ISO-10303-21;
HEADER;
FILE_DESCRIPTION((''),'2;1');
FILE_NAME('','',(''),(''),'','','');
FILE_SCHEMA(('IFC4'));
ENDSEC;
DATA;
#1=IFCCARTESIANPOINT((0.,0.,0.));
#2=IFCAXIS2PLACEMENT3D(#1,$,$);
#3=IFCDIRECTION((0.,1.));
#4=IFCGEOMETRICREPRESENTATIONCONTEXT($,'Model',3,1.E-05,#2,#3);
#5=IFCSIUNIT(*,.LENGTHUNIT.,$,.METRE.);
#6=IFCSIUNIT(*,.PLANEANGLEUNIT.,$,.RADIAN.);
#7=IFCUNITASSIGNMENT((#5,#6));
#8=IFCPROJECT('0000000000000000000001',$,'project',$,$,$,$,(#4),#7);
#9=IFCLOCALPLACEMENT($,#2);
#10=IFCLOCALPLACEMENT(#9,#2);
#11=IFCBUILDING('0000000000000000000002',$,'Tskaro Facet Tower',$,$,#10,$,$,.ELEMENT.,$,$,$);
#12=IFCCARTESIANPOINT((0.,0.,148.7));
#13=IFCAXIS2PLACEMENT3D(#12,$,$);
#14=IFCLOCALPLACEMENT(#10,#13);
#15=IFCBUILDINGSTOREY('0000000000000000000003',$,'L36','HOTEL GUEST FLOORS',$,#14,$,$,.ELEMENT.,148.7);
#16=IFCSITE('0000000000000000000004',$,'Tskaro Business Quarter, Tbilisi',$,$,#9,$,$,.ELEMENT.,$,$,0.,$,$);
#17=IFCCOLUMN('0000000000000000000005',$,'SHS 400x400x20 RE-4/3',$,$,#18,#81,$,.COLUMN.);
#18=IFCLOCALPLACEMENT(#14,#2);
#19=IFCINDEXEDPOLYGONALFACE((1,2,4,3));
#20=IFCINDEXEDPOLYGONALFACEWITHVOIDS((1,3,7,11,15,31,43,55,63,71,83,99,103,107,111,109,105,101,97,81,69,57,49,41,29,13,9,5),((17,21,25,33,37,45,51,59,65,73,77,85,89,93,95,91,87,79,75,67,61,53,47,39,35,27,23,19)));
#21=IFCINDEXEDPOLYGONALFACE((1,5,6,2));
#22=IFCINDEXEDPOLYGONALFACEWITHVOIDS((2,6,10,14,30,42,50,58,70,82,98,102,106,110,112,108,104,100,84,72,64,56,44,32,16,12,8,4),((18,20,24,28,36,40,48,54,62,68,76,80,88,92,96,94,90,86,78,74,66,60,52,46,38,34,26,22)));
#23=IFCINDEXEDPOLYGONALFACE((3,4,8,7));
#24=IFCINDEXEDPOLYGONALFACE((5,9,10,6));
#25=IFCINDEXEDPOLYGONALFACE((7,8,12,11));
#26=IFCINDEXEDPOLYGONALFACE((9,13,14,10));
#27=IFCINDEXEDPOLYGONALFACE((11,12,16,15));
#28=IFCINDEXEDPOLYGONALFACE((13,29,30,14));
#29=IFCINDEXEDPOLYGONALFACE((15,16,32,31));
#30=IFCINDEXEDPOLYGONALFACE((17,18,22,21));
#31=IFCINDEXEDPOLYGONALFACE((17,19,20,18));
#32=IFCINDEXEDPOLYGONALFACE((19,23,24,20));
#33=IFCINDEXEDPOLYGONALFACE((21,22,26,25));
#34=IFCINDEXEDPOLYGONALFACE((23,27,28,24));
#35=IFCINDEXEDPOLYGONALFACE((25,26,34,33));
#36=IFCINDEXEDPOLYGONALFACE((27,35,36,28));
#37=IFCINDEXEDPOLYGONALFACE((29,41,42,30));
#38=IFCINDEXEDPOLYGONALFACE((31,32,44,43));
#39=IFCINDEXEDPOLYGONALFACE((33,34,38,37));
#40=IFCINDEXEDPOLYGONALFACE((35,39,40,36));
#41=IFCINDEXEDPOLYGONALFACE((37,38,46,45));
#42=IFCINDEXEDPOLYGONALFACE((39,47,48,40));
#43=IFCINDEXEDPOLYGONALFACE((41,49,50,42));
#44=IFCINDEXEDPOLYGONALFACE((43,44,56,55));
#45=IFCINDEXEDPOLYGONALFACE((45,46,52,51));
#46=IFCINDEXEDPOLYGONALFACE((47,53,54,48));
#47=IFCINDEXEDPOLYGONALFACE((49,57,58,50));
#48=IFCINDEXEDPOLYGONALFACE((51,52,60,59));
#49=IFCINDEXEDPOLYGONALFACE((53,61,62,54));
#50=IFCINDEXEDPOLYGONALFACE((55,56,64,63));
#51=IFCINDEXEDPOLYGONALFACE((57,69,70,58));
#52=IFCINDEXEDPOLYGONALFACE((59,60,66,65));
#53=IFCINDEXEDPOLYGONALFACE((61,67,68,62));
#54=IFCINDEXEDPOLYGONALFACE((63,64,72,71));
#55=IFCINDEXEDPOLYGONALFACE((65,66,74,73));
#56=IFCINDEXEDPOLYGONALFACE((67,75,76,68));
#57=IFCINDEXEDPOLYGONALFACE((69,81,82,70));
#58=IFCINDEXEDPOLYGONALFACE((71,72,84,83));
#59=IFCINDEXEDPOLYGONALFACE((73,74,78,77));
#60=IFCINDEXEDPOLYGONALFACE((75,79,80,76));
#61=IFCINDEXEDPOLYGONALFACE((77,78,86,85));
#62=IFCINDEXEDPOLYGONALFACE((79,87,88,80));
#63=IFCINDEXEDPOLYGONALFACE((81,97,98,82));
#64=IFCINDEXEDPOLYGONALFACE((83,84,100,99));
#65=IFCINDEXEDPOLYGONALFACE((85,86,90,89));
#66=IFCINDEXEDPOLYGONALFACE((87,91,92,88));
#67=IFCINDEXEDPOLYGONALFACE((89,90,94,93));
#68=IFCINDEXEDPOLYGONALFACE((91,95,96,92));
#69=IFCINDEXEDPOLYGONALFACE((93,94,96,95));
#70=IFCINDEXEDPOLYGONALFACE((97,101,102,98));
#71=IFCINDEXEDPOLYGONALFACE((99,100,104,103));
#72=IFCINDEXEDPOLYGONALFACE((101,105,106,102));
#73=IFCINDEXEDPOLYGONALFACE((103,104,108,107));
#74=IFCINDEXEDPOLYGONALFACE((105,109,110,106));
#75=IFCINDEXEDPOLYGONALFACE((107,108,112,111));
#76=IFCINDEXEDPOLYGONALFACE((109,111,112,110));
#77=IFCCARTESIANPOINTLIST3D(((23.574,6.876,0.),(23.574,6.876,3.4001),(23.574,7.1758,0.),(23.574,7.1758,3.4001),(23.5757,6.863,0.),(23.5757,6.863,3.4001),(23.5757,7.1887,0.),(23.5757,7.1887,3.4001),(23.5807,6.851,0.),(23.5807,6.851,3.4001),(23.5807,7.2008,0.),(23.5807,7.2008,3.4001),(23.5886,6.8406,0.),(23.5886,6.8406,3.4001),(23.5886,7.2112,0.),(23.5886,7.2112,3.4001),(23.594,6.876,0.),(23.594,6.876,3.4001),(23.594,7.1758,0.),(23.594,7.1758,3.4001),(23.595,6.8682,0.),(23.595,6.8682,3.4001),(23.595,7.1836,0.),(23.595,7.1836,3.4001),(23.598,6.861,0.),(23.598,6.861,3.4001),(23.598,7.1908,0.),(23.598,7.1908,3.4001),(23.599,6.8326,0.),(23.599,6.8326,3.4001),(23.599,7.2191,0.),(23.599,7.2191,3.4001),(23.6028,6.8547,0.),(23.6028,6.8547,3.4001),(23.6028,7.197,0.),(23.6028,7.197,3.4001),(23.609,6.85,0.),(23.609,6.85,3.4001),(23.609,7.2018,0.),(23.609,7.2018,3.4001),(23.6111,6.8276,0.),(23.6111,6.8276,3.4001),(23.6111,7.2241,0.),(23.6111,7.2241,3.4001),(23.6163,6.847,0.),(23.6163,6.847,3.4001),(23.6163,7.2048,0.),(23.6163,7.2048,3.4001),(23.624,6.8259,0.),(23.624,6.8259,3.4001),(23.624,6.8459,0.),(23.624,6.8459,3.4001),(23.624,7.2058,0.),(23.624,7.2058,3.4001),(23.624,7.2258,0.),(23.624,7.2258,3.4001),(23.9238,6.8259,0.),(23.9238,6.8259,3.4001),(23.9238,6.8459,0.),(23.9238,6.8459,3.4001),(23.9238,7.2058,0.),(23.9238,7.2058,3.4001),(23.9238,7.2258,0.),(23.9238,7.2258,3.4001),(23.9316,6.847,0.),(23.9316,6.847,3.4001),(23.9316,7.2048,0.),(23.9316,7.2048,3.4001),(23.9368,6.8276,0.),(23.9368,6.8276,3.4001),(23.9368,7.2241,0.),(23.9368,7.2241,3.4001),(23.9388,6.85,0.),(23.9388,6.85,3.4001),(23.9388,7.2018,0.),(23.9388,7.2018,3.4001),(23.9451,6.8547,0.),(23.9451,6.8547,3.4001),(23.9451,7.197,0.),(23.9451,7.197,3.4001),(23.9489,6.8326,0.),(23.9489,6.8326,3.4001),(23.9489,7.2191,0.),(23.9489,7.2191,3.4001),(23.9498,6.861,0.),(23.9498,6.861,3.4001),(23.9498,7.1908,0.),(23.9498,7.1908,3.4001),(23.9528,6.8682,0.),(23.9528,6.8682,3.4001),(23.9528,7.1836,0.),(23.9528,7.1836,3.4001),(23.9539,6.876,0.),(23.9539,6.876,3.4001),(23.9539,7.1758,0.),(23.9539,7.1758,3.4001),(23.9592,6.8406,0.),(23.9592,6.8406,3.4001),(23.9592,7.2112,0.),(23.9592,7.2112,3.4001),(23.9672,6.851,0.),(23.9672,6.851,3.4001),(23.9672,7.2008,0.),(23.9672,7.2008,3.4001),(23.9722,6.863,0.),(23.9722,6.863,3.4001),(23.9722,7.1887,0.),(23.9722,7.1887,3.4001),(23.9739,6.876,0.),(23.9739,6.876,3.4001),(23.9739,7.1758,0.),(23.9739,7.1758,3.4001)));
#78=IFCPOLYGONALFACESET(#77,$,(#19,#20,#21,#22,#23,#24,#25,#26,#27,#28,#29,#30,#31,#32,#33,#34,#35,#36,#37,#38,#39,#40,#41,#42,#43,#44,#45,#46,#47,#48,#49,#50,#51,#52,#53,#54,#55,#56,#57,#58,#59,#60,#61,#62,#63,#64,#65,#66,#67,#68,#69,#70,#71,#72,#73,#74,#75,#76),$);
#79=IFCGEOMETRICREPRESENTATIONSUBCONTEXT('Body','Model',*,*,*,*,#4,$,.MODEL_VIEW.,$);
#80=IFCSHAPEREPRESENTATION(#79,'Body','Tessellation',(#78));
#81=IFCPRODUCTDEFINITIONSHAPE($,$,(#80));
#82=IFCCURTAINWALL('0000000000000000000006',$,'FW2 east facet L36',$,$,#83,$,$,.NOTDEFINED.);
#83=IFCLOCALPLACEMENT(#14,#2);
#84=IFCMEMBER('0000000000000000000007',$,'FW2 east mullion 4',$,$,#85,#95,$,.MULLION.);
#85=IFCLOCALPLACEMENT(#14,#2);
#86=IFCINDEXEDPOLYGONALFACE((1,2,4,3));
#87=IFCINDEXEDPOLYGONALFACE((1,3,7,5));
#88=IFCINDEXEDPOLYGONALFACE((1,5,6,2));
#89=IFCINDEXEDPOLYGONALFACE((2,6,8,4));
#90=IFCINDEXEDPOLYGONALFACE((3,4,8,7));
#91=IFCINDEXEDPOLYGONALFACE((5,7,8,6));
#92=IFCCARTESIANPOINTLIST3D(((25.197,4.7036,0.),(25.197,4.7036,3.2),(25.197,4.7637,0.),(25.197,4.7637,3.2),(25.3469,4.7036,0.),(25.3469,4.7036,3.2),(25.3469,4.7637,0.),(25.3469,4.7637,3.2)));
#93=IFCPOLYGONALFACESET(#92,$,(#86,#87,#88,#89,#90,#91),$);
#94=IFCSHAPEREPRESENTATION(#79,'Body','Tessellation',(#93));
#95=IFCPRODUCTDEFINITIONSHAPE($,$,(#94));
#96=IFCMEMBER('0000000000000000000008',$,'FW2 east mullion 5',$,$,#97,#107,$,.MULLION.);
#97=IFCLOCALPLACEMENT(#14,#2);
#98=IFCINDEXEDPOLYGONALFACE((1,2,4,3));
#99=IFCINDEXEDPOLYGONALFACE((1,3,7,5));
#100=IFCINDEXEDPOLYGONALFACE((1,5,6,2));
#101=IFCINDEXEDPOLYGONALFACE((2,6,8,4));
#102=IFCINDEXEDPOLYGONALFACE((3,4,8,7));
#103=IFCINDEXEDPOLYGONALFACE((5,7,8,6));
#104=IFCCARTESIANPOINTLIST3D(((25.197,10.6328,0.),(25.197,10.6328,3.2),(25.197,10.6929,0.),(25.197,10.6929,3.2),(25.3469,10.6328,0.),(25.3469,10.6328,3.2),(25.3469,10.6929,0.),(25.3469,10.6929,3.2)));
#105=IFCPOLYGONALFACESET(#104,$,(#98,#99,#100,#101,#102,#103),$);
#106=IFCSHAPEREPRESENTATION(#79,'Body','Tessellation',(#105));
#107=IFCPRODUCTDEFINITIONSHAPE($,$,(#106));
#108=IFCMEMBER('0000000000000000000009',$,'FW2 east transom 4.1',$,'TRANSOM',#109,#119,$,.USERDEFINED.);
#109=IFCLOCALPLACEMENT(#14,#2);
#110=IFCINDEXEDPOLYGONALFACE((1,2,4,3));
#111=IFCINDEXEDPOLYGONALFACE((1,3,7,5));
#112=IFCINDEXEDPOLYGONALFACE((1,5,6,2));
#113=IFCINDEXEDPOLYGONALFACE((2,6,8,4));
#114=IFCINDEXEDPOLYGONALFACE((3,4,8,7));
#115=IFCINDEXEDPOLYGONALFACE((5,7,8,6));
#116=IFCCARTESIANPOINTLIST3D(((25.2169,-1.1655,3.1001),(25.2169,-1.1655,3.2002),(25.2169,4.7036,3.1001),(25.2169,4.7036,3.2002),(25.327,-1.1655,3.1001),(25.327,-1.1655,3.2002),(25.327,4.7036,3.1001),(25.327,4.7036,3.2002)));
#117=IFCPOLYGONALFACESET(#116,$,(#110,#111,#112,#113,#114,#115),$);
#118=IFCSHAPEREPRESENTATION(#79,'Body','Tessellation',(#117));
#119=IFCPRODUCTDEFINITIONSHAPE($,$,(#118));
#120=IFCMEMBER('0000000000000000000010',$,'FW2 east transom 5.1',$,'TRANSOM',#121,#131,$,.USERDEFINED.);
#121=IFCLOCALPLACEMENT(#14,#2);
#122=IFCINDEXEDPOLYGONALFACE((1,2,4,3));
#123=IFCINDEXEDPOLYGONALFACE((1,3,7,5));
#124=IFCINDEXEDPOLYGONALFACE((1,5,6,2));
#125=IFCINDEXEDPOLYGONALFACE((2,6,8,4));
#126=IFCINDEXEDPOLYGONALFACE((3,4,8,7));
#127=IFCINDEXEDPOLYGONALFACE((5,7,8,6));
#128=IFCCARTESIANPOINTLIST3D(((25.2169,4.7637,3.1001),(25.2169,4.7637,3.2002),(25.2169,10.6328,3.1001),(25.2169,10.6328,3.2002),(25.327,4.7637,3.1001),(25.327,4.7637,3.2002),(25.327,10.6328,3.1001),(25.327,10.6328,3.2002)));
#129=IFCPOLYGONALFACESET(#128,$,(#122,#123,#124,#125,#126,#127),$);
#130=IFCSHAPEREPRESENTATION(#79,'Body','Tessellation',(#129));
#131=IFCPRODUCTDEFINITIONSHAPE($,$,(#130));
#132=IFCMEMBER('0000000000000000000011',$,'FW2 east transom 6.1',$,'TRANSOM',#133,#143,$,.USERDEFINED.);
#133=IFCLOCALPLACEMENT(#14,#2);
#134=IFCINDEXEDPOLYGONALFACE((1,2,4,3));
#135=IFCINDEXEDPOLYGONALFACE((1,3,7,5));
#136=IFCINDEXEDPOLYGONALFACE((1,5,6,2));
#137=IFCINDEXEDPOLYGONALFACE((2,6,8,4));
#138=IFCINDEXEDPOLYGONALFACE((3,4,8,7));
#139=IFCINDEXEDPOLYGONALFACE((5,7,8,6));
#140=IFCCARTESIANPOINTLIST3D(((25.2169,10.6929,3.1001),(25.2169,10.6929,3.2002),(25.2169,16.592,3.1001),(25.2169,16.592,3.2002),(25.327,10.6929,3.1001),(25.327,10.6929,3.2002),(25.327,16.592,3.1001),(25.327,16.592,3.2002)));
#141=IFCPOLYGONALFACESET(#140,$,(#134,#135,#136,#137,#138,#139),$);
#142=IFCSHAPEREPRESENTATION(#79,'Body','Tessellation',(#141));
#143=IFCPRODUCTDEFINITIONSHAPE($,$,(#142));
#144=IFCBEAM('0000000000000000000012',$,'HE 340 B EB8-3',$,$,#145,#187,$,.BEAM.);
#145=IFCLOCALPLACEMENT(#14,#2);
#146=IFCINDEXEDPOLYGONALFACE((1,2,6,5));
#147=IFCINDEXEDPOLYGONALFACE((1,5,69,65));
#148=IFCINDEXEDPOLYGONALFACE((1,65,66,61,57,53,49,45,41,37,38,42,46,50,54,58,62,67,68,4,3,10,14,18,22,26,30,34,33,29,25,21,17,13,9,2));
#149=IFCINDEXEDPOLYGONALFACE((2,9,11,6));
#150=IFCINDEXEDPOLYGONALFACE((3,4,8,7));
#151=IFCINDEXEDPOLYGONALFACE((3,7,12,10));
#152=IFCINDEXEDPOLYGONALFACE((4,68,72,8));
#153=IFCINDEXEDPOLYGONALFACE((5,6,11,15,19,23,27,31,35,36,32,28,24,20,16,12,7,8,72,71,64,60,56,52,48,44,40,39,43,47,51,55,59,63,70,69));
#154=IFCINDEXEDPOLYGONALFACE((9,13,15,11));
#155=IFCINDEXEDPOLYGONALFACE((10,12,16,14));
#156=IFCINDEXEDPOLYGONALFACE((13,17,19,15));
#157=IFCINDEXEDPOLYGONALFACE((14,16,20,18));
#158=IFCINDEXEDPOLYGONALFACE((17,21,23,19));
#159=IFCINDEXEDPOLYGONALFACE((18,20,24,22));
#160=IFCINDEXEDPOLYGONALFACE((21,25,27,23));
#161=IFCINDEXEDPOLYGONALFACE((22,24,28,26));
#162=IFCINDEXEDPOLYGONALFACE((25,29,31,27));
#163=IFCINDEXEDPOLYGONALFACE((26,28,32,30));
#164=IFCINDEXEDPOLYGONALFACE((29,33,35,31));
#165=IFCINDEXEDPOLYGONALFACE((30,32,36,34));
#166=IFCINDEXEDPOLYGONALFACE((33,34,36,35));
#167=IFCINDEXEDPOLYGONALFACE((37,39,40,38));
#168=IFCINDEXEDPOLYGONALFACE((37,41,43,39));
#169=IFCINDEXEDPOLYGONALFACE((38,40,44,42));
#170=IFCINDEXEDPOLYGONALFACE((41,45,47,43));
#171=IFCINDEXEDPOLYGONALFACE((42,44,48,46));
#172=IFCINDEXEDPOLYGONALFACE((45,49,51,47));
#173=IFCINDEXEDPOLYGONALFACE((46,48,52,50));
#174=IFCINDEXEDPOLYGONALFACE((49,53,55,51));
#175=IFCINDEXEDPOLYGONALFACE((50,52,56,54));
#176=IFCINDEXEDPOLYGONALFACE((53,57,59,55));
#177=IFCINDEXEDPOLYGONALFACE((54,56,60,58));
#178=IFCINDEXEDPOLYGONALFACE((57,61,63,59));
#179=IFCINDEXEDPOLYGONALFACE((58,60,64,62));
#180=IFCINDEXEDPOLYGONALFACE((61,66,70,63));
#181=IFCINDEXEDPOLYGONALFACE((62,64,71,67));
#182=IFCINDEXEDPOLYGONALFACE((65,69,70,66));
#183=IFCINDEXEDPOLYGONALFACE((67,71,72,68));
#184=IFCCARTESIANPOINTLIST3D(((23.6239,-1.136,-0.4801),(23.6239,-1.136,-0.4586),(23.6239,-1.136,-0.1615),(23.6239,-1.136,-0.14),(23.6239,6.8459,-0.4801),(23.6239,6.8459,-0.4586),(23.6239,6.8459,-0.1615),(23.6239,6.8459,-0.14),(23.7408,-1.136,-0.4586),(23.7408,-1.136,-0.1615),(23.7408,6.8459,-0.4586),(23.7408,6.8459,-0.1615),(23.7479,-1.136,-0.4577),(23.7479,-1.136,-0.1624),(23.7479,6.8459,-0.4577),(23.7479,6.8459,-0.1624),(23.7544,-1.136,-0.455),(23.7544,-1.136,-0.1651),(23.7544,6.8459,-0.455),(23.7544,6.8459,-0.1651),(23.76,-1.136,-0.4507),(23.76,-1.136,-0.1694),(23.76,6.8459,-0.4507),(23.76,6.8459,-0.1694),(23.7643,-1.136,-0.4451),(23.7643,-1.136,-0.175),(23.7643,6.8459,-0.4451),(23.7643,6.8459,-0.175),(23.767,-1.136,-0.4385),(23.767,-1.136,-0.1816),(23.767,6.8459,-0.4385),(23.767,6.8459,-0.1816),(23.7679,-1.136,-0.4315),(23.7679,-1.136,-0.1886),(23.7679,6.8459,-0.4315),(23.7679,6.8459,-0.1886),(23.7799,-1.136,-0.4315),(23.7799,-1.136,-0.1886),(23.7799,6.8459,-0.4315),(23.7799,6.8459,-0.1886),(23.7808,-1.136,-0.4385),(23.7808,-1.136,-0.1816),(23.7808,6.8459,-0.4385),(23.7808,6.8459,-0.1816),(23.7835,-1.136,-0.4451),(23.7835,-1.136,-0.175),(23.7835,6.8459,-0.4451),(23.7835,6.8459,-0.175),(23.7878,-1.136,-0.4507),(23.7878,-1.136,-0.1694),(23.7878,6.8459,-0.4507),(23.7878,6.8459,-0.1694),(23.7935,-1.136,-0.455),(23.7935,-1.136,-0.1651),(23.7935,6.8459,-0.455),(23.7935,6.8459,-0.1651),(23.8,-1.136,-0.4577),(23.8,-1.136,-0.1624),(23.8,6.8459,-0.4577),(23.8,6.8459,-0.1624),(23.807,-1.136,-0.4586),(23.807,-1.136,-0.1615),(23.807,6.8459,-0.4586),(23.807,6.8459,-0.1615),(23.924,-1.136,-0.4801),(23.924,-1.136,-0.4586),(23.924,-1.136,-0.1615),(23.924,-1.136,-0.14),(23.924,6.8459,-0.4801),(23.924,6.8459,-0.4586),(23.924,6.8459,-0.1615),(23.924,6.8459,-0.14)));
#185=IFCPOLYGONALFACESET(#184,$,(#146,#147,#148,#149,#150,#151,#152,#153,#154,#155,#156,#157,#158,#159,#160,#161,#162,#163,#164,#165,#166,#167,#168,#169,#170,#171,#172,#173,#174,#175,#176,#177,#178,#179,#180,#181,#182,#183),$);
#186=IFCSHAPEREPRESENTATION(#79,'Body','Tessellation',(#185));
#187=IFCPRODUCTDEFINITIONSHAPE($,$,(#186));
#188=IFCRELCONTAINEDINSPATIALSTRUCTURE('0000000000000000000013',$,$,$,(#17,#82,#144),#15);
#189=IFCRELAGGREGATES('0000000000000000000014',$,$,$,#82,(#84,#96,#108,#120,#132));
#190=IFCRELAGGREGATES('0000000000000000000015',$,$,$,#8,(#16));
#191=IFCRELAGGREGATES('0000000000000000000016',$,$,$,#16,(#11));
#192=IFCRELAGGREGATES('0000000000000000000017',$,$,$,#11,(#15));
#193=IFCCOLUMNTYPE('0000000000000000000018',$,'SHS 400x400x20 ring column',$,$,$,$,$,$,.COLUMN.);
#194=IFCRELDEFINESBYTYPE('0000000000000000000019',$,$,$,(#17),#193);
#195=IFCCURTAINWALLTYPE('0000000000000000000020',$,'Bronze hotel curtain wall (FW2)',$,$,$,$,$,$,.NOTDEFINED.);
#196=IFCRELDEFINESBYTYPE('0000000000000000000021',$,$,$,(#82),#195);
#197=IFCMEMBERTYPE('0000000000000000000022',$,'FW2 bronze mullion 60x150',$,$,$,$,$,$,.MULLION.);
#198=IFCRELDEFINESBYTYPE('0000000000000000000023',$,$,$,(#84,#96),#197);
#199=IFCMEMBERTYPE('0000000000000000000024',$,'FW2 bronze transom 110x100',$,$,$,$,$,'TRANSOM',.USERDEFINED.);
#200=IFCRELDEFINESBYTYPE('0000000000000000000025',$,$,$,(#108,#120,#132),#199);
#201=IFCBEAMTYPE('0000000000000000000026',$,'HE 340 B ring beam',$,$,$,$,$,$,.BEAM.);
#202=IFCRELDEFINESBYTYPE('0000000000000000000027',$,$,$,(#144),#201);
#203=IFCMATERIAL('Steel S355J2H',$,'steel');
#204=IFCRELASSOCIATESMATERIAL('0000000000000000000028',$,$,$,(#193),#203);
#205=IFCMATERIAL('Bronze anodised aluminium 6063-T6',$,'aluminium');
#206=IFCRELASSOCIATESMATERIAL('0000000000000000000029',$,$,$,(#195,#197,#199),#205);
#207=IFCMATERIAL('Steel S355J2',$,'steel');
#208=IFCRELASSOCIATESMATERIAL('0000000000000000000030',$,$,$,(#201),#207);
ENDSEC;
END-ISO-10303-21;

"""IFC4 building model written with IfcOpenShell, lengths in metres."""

from ifc_helpers import new_model, si_unit, direction, frame, origin, origin_2d, place, context, subcontext, project, spatial, rectangle, hollow_rectangle, i_section, extrude, material, material_profile, profile_set, type_object, element, aggregate, save


model = new_model("IFC4")

# Units and contexts
model_context = context("Model", 3, precision=1e-05, world=origin(), true_north=direction((0.0, 1.0)))
body_context = subcontext(model_context, "Body", "Model", "MODEL_VIEW")
ifc_project = project(units=[si_unit("LENGTHUNIT", "METRE"), si_unit("PLANEANGLEUNIT", "RADIAN")], contexts=[model_context])

# Site, building, storey
site_placement = place(None, origin())
site = spatial("IfcSite", under=ifc_project, at=site_placement, Name="Tskaro Business Quarter, Tbilisi", CompositionType="ELEMENT", RefElevation=0.0)
building_placement = place(site_placement, origin())
building = spatial("IfcBuilding", under=site, at=building_placement, Name="Tskaro Facet Tower", CompositionType="ELEMENT")
storey_placement = place(building_placement, frame((0.0, 0.0, 148.7)))
storey = spatial("IfcBuildingStorey", under=building, at=storey_placement, Name="L36", Description="HOTEL GUEST FLOORS", CompositionType="ELEMENT", Elevation=148.7)

# Column
ifc_material_1 = material(Name="Steel S355J2H", Category="steel")
ifc_material_profile_1 = material_profile(ifc_material_1, hollow_rectangle(XDim=0.3999, YDim=0.3999, WallThickness=0.02, InnerFilletRadius=0.03, OuterFilletRadius=0.05, at=origin_2d()), Name="SHS 400x400x20")
ifc_profile_set_1 = profile_set([ifc_material_profile_1], Name="Steel S355J2H")
column_type = type_object("IfcColumnType", Name="SHS 400x400x20 ring column", PredefinedType="COLUMN", material=ifc_profile_set_1)
column_placement = place(storey_placement, frame((23.7739, 7.0259, 0.0), z_axis=(0.0, 0.0, 1.0), x_axis=(1.0, 0.0, 0.0)))
element("IfcColumn", 1, at=column_placement, inside=storey, type_object=column_type, Name="SHS 400x400x20 RE-4/3", PredefinedType="COLUMN", context=body_context, shape_type="SweptSolid", body=[
    extrude(hollow_rectangle(XDim=0.3999, YDim=0.3999, WallThickness=0.02, InnerFilletRadius=0.03, OuterFilletRadius=0.05, at=origin_2d()), origin(), (0.0, 0.0, 1.0), 3.4001),
])

# Curtain wall, members
ifc_material_2 = material(Name="Bronze anodised aluminium 6063-T6", Category="aluminium")
curtain_wall_type = type_object("IfcCurtainWallType", Name="Bronze hotel curtain wall (FW2)", PredefinedType="NOTDEFINED", material=ifc_material_2)
curtain_wall_placement = place(storey_placement, origin())
curtain_wall = element("IfcCurtainWall", 2, at=curtain_wall_placement, inside=storey, type_object=curtain_wall_type, Name="FW2 east facet L36", PredefinedType="NOTDEFINED")
ifc_material_profile_2 = material_profile(ifc_material_2, rectangle(XDim=0.0601, YDim=0.1499, at=origin_2d()), Name="Mullion 60x150")
ifc_profile_set_2 = profile_set([ifc_material_profile_2], Name="Bronze anodised aluminium 6063-T6")
member_type_1 = type_object("IfcMemberType", Name="FW2 bronze mullion 60x150", PredefinedType="MULLION", material=ifc_profile_set_2)
member_1_placement = place(storey_placement, frame((25.272, 4.7336, 0.0), z_axis=(0.0, 0.0, 1.0), x_axis=(0.0, 1.0, 0.0)))
member_1 = element("IfcMember", 3, at=member_1_placement, type_object=member_type_1, Name="FW2 east mullion 4", PredefinedType="MULLION", context=body_context, shape_type="SweptSolid", body=[
    extrude(rectangle(XDim=0.0601, YDim=0.1499, at=origin_2d()), origin(), (0.0, 0.0, 1.0), 3.2),
])
member_2_placement = place(storey_placement, frame((25.272, 10.6628, 0.0), z_axis=(0.0, 0.0, 1.0), x_axis=(0.0, 1.0, 0.0)))
member_2 = element("IfcMember", 4, at=member_2_placement, type_object=member_type_1, Name="FW2 east mullion 5", PredefinedType="MULLION", context=body_context, shape_type="SweptSolid", body=[
    extrude(rectangle(XDim=0.0601, YDim=0.1499, at=origin_2d()), origin(), (0.0, 0.0, 1.0), 3.2),
])
ifc_material_profile_3 = material_profile(ifc_material_2, rectangle(XDim=0.1101, YDim=0.1001, at=origin_2d()), Name="Transom 110x100")
ifc_profile_set_3 = profile_set([ifc_material_profile_3], Name="Bronze anodised aluminium 6063-T6")
member_type_2 = type_object("IfcMemberType", Name="FW2 bronze transom 110x100", ElementType="TRANSOM", PredefinedType="USERDEFINED", material=ifc_profile_set_3)
member_3_placement = place(storey_placement, frame((25.272, -1.1655, 3.1501), z_axis=(0.0, 1.0, 0.0), x_axis=(-1.0, 0.0, 0.0)))
member_3 = element("IfcMember", 5, at=member_3_placement, type_object=member_type_2, Name="FW2 east transom 4.1", ObjectType="TRANSOM", PredefinedType="USERDEFINED", context=body_context, shape_type="SweptSolid", body=[
    extrude(rectangle(XDim=0.1101, YDim=0.1001, at=origin_2d()), origin(), (0.0, 0.0, 1.0), 5.8691),
])
member_4_placement = place(storey_placement, frame((25.272, 4.7637, 3.1501), z_axis=(0.0, 1.0, 0.0), x_axis=(-1.0, 0.0, 0.0)))
member_4 = element("IfcMember", 6, at=member_4_placement, type_object=member_type_2, Name="FW2 east transom 5.1", ObjectType="TRANSOM", PredefinedType="USERDEFINED", context=body_context, shape_type="SweptSolid", body=[
    extrude(rectangle(XDim=0.1101, YDim=0.1001, at=origin_2d()), origin(), (0.0, 0.0, 1.0), 5.8691),
])
member_5_placement = place(storey_placement, frame((25.272, 10.6929, 3.1501), z_axis=(0.0, 1.0, 0.0), x_axis=(-1.0, 0.0, 0.0)))
member_5 = element("IfcMember", 7, at=member_5_placement, type_object=member_type_2, Name="FW2 east transom 6.1", ObjectType="TRANSOM", PredefinedType="USERDEFINED", context=body_context, shape_type="SweptSolid", body=[
    extrude(rectangle(XDim=0.1101, YDim=0.1001, at=origin_2d()), origin(), (0.0, 0.0, 1.0), 5.8992),
])

# Beam
ifc_material_3 = material(Name="Steel S355J2", Category="steel")
ifc_material_profile_4 = material_profile(ifc_material_3, i_section(OverallWidth=0.3, OverallDepth=0.3401, WebThickness=0.012, FlangeThickness=0.0215, FilletRadius=0.0271, at=origin_2d()), Name="HE 340 B")
ifc_profile_set_4 = profile_set([ifc_material_profile_4], Name="Steel S355J2")
beam_type_1 = type_object("IfcBeamType", Name="HE 340 B ring beam", PredefinedType="BEAM", material=ifc_profile_set_4)
for number, where, z_axis, x_axis, name in (
    (8, (23.7739, -1.136, -0.3101), (0.0, 1.0, 0.0), (-1.0, 0.0, 0.0), "HE 340 B EB8-3"),
):
    element("IfcBeam", number, at=place(storey_placement, frame(where, z_axis=z_axis, x_axis=x_axis)), inside=storey, type_object=beam_type_1, Name=name, PredefinedType="BEAM", context=body_context, shape_type="SweptSolid", body=[
        extrude(i_section(OverallWidth=0.3, OverallDepth=0.3401, WebThickness=0.012, FlangeThickness=0.0215, FilletRadius=0.0271, at=origin_2d()), origin(), (0.0, 0.0, 1.0), 7.9819),
    ])

aggregate(curtain_wall, [member_1, member_2, member_3, member_4, member_5])

save(model, "model.ifc")
